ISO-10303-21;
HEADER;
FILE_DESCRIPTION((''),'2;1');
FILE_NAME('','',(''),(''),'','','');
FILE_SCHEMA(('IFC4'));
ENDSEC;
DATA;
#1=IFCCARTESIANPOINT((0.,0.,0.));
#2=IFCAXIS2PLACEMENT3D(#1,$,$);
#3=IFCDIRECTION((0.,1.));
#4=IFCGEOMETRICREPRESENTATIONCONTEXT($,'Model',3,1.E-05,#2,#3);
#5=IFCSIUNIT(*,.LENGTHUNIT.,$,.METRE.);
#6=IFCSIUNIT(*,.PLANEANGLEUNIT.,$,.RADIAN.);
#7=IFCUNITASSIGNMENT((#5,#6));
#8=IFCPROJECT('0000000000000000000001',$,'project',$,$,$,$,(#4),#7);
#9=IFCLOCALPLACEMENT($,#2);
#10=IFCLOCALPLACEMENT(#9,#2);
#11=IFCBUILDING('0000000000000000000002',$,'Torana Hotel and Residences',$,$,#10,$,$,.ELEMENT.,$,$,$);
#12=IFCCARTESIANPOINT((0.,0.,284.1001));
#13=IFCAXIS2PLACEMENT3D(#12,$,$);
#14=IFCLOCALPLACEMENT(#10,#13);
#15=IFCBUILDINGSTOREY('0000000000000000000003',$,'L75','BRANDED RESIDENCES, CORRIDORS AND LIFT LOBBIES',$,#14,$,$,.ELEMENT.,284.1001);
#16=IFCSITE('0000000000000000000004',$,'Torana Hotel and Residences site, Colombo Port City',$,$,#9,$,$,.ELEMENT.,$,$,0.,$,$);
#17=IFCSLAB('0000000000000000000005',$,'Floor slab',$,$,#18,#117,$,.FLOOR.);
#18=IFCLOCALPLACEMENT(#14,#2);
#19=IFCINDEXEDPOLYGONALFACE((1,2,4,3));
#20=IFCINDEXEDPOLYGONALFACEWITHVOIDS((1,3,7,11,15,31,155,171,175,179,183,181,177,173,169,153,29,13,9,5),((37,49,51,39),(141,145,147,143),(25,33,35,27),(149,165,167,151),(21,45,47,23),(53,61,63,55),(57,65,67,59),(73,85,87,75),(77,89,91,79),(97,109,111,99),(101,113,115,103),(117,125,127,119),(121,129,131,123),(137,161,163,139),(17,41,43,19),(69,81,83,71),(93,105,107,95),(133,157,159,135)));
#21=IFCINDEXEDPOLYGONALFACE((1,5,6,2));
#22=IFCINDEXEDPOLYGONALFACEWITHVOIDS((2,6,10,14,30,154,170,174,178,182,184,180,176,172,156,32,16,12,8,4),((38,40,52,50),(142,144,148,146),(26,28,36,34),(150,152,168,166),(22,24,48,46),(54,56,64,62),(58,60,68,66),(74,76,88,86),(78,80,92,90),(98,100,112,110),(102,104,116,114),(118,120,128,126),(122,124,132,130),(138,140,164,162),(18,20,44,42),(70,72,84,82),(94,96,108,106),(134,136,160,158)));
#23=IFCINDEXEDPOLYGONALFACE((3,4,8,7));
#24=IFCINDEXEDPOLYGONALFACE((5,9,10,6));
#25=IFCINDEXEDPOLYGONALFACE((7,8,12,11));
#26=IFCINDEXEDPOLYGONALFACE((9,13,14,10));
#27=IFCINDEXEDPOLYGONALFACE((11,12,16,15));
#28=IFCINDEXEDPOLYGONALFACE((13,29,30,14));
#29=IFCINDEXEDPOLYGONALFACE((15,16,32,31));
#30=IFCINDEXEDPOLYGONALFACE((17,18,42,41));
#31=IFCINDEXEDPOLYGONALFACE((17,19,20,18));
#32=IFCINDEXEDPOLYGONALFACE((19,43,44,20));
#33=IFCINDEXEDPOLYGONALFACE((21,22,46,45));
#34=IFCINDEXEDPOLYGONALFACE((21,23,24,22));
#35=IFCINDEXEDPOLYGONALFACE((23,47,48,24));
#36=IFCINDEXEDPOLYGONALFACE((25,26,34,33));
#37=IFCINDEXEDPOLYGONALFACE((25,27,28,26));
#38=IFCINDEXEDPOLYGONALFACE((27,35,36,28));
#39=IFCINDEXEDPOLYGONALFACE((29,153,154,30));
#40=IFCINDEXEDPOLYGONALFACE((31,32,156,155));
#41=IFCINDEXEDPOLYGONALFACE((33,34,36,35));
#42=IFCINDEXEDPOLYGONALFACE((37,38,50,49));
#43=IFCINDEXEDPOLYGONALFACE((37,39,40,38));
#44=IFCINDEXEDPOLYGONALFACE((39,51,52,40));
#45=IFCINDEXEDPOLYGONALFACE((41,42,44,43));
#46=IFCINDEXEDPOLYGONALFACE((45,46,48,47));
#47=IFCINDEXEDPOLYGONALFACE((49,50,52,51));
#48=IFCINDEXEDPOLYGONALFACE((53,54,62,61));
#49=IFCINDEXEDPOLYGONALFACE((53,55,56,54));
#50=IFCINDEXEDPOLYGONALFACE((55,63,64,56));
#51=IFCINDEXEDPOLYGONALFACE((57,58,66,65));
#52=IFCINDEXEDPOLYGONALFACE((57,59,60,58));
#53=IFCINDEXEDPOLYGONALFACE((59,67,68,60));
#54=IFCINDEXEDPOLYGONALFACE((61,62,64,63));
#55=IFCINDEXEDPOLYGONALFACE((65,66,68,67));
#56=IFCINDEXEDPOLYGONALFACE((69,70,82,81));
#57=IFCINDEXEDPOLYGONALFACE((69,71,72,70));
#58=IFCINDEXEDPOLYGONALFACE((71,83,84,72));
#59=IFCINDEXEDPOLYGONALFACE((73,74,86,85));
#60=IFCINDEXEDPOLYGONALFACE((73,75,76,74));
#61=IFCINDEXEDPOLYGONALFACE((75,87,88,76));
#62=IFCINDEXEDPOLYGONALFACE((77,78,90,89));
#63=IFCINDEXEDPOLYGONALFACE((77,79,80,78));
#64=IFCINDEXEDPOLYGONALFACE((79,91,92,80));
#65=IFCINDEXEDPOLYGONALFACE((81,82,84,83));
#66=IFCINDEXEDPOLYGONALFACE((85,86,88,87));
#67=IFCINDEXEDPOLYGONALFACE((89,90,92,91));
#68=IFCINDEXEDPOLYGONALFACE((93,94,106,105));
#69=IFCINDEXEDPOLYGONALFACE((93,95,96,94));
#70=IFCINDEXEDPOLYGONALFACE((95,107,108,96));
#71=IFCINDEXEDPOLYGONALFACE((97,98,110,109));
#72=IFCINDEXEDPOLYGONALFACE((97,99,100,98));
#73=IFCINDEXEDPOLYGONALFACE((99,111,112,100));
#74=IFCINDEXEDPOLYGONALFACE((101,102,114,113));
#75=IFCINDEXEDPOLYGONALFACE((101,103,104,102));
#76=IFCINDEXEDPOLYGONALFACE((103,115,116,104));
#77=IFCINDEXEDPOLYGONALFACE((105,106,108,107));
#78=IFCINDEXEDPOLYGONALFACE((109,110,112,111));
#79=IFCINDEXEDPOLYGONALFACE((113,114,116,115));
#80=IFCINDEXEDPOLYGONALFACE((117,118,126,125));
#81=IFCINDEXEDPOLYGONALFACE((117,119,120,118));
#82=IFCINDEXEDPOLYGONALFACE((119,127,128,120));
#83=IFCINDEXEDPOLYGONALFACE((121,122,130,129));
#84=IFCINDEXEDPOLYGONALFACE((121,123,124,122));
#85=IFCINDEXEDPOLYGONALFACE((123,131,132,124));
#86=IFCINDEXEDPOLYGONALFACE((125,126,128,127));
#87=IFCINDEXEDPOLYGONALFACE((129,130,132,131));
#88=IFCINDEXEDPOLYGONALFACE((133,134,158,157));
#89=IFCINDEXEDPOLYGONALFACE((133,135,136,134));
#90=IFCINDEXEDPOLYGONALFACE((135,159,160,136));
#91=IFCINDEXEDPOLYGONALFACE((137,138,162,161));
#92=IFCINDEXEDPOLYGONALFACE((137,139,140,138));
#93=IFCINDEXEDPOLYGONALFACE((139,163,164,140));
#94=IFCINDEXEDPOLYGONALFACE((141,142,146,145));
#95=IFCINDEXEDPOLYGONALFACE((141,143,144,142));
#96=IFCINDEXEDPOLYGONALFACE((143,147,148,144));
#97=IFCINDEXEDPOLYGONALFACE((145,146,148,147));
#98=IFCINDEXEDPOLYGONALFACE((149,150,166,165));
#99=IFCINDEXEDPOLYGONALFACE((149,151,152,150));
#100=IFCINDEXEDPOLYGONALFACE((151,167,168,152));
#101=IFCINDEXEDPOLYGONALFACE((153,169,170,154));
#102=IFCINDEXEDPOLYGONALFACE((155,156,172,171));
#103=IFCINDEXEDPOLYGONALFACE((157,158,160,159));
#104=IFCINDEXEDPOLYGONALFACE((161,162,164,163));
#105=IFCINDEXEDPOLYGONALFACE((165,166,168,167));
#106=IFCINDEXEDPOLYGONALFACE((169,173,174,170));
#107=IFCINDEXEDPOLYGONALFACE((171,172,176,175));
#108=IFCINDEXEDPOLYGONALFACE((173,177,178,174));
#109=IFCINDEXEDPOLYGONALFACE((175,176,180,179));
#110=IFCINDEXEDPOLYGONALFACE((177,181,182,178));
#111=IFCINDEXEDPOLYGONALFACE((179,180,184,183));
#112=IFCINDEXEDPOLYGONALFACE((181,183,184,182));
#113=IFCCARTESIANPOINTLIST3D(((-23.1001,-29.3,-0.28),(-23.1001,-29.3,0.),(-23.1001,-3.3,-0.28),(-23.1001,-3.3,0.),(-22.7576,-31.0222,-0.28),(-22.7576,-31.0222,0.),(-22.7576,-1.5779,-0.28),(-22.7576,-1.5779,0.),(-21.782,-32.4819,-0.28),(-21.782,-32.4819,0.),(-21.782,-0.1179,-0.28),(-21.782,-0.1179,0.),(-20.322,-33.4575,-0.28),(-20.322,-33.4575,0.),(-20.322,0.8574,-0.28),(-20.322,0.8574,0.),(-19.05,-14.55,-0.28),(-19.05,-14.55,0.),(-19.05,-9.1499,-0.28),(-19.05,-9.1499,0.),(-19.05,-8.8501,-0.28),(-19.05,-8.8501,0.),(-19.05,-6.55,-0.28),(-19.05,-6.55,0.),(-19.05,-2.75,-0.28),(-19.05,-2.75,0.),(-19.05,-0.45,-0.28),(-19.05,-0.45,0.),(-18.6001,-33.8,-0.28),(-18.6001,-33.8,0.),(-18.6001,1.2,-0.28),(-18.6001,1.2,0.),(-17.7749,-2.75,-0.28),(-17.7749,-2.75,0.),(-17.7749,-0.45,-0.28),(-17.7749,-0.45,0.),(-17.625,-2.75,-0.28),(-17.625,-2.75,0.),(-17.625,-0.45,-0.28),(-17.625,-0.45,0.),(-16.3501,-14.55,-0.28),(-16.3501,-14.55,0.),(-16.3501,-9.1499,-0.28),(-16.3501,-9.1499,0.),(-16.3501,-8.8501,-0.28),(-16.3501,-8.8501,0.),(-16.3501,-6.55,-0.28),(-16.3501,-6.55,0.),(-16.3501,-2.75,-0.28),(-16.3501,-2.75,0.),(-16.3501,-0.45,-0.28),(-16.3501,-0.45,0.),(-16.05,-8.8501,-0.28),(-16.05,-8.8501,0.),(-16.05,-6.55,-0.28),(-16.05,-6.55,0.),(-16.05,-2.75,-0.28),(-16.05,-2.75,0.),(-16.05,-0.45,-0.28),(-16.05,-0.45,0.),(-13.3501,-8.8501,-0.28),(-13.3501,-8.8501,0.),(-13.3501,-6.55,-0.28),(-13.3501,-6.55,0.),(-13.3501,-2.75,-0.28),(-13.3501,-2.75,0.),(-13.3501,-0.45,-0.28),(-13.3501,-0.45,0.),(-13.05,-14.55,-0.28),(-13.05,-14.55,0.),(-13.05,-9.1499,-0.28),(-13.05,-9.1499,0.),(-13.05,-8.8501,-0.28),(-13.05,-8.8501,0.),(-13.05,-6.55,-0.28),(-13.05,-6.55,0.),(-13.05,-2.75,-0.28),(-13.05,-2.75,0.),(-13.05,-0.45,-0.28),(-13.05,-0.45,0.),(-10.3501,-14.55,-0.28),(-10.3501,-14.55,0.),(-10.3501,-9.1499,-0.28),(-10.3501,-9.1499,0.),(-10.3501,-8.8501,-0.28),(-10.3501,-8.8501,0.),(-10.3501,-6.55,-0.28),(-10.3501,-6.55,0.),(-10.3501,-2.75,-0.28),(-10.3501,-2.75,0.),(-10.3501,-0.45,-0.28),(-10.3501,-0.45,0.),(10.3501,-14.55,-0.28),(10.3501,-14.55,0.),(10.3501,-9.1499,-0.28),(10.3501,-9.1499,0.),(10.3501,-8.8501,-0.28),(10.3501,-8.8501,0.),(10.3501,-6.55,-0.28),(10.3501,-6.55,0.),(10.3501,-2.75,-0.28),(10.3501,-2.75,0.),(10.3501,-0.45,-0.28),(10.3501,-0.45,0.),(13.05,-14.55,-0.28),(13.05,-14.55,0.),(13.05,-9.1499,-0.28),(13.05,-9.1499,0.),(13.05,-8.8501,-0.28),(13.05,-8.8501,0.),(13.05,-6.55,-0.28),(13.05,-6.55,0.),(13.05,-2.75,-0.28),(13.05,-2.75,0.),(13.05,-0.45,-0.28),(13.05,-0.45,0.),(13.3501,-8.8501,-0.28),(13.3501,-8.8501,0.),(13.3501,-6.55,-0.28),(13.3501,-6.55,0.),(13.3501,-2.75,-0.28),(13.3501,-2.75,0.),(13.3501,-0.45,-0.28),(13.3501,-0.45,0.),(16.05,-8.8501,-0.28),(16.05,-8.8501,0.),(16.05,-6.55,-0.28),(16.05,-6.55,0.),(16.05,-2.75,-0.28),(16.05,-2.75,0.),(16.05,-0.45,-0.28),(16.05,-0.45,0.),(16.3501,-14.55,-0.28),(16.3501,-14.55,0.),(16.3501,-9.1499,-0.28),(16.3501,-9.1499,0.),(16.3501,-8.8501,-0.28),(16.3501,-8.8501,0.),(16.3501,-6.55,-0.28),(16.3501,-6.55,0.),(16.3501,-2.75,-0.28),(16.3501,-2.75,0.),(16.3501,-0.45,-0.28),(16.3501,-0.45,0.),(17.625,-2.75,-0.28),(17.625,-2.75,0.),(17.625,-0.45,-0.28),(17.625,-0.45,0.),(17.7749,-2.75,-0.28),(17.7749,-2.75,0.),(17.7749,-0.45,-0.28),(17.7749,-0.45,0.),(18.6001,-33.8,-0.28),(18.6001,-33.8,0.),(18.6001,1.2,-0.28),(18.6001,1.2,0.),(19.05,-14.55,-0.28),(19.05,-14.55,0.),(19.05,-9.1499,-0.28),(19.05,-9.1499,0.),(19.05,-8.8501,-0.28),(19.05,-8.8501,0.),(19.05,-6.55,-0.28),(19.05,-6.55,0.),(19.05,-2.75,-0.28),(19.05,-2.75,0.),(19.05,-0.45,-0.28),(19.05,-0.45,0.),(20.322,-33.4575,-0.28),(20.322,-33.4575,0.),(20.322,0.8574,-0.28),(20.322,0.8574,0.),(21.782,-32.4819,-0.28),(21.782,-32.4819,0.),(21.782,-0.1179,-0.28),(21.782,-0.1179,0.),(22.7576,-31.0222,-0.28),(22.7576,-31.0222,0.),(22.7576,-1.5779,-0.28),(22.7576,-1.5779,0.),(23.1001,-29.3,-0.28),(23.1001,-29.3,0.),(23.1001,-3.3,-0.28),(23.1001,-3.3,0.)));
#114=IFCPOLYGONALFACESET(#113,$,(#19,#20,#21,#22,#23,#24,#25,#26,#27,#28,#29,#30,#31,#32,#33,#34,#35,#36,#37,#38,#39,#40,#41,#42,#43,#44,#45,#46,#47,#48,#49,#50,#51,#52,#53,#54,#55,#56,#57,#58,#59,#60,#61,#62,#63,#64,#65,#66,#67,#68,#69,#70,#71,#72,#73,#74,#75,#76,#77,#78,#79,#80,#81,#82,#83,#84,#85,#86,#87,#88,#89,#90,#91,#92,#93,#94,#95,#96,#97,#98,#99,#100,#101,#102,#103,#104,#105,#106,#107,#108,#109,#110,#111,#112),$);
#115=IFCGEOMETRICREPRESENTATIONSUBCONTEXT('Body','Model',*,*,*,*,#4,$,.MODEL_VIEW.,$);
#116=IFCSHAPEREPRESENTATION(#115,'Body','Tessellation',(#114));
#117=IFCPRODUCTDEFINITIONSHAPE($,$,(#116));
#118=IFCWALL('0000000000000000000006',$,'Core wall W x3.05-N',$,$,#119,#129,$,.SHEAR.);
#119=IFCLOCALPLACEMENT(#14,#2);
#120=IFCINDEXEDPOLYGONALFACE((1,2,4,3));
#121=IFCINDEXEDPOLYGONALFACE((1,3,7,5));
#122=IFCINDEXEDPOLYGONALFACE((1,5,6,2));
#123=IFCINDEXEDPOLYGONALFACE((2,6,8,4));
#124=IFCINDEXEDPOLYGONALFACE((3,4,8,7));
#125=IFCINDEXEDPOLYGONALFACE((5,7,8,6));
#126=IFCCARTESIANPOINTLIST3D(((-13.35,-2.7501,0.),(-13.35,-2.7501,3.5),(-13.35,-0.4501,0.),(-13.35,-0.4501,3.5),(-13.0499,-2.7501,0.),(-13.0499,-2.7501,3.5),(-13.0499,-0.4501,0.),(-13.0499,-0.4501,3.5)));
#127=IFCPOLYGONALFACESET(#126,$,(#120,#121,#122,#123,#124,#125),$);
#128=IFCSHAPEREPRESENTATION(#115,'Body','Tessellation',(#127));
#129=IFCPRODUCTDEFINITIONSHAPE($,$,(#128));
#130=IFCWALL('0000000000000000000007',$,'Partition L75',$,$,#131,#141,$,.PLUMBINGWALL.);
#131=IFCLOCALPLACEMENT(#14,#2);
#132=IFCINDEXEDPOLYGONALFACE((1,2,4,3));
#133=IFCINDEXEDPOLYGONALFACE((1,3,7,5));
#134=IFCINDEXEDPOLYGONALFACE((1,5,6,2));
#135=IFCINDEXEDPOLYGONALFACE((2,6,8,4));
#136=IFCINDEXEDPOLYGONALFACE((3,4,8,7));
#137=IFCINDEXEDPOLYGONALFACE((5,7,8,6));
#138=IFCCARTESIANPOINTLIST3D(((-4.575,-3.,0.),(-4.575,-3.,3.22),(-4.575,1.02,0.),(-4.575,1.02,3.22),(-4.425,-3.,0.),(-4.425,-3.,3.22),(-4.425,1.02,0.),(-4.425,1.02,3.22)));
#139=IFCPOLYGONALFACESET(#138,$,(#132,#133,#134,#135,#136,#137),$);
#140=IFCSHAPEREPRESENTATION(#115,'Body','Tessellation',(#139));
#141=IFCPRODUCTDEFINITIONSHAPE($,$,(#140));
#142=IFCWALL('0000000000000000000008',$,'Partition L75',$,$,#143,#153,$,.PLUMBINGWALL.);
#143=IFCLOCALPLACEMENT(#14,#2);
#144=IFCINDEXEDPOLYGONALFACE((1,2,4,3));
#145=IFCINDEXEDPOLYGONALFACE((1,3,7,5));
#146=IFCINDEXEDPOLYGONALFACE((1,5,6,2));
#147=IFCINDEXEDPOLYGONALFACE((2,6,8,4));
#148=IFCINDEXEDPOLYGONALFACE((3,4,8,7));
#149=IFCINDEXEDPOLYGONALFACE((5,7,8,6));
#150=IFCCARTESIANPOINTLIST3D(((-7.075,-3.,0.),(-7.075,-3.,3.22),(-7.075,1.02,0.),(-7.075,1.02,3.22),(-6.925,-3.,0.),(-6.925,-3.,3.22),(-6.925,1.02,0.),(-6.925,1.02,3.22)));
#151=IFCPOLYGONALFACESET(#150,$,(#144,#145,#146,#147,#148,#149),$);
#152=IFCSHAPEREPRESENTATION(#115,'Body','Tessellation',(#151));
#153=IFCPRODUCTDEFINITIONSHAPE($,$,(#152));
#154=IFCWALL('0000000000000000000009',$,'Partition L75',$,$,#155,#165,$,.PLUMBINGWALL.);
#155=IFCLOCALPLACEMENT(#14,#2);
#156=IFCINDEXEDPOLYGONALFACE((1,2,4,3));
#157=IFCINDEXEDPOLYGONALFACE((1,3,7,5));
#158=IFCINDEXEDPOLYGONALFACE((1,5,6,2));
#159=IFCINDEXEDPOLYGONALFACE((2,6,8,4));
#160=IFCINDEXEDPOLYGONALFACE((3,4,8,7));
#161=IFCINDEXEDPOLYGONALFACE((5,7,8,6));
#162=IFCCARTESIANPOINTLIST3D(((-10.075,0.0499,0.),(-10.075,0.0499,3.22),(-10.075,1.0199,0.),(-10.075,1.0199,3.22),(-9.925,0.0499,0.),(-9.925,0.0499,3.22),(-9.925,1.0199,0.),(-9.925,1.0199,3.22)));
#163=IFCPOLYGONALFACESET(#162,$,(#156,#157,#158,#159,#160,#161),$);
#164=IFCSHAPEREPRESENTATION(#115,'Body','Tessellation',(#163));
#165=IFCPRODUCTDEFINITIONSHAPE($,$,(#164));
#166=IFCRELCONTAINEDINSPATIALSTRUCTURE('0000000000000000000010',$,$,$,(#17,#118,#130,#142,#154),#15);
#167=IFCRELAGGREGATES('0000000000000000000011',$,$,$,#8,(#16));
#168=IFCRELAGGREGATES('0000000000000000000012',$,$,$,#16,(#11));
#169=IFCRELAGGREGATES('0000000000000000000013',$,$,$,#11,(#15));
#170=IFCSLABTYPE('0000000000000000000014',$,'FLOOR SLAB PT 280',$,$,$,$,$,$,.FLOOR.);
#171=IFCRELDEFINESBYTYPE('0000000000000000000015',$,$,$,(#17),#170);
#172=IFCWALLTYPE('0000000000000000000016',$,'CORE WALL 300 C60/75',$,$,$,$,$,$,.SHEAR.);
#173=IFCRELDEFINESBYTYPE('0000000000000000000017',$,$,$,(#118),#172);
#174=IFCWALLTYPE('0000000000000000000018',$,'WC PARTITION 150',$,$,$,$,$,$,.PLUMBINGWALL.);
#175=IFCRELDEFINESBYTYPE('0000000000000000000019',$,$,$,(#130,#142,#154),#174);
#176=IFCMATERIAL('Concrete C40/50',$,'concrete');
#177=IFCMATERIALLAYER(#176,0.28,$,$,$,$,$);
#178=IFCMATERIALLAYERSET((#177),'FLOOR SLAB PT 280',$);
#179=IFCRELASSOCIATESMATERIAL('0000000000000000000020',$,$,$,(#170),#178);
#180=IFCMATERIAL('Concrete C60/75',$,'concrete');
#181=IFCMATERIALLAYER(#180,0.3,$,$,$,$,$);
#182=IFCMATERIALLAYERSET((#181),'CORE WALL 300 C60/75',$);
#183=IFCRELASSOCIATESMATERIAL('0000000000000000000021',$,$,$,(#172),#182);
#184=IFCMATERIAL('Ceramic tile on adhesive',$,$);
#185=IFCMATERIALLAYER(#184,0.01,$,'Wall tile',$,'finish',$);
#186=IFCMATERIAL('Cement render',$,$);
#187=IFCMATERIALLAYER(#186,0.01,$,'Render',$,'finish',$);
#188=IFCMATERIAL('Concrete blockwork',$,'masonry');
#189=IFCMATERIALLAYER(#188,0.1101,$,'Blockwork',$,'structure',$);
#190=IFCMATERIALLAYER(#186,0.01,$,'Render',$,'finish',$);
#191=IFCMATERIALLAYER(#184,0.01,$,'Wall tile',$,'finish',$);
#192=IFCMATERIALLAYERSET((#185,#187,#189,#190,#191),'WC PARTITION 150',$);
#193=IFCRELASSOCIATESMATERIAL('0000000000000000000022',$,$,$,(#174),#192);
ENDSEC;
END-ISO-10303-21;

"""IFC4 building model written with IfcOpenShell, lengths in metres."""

from ifc_helpers import new_model, si_unit, direction, frame, frame_2d, origin, place, context, subcontext, project, spatial, polyline, rectangle, outline, extrude, material, layer, layer_set, type_object, element, save


model = new_model("IFC4")

# Units and contexts
model_context = context("Model", 3, precision=1e-05, world=origin(), true_north=direction((0.0, 1.0)))
body_context = subcontext(model_context, "Body", "Model", "MODEL_VIEW")
ifc_project = project(units=[si_unit("LENGTHUNIT", "METRE"), si_unit("PLANEANGLEUNIT", "RADIAN")], contexts=[model_context])

# Site, building, storey
site_placement = place(None, origin())
site = spatial("IfcSite", under=ifc_project, at=site_placement, Name="Torana Hotel and Residences site, Colombo Port City", CompositionType="ELEMENT", RefElevation=0.0)
building_placement = place(site_placement, origin())
building = spatial("IfcBuilding", under=site, at=building_placement, Name="Torana Hotel and Residences", CompositionType="ELEMENT")
storey_placement = place(building_placement, frame((0.0, 0.0, 284.1001)))
storey = spatial("IfcBuildingStorey", under=building, at=storey_placement, Name="L75", Description="BRANDED RESIDENCES, CORRIDORS AND LIFT LOBBIES", CompositionType="ELEMENT", Elevation=284.1001)

# Slab
ifc_material_1 = material(Name="Concrete C40/50", Category="concrete")
ifc_layer_1 = layer(ifc_material_1, 0.28)
ifc_layer_set_1 = layer_set([ifc_layer_1], Name="FLOOR SLAB PT 280")
slab_type_1 = type_object("IfcSlabType", Name="FLOOR SLAB PT 280", PredefinedType="FLOOR", material=ifc_layer_set_1)
slab_1_placement = place(storey_placement, frame((0.0, 0.0, -0.28)))
element("IfcSlab", 1, at=slab_1_placement, inside=storey, type_object=slab_type_1, Name="Floor slab", PredefinedType="FLOOR", context=body_context, shape_type="SweptSolid", body=[
    extrude(outline(polyline([(23.1001, -3.3), (22.7576, -1.5779), (21.782, -0.1179), (20.322, 0.8574), (18.6001, 1.2), (-18.6001, 1.2), (-20.322, 0.8574), (-21.782, -0.1179), (-22.7576, -1.5779), (-23.1001, -3.3), (-23.1001, -29.3), (-22.7576, -31.0222), (-21.782, -32.4819), (-20.322, -33.4575), (-18.6001, -33.8), (18.6001, -33.8), (20.322, -33.4575), (21.782, -32.4819), (22.7576, -31.0222), (23.1001, -29.3), (23.1001, -3.3)]), holes=[polyline([(-13.05, -14.55), (-10.3501, -14.55), (-10.3501, -9.1499), (-13.05, -9.1499), (-13.05, -14.55)]), polyline([(-19.05, -14.55), (-16.3501, -14.55), (-16.3501, -9.1499), (-19.05, -9.1499), (-19.05, -14.55)]), polyline([(-17.625, -2.75), (-16.3501, -2.75), (-16.3501, -0.45), (-17.625, -0.45), (-17.625, -2.75)]), polyline([(-19.05, -2.75), (-17.7749, -2.75), (-17.7749, -0.45), (-19.05, -0.45), (-19.05, -2.75)]), polyline([(-13.05, -2.75), (-10.3501, -2.75), (-10.3501, -0.45), (-13.05, -0.45), (-13.05, -2.75)]), polyline([(-16.05, -2.75), (-13.3501, -2.75), (-13.3501, -0.45), (-16.05, -0.45), (-16.05, -2.75)]), polyline([(-13.05, -8.8501), (-10.3501, -8.8501), (-10.3501, -6.55), (-13.05, -6.55), (-13.05, -8.8501)]), polyline([(-16.05, -8.8501), (-13.3501, -8.8501), (-13.3501, -6.55), (-16.05, -6.55), (-16.05, -8.8501)]), polyline([(-19.05, -8.8501), (-16.3501, -8.8501), (-16.3501, -6.55), (-19.05, -6.55), (-19.05, -8.8501)]), polyline([(10.3501, -14.55), (13.05, -14.55), (13.05, -9.1499), (10.3501, -9.1499), (10.3501, -14.55)]), polyline([(16.3501, -14.55), (19.05, -14.55), (19.05, -9.1499), (16.3501, -9.1499), (16.3501, -14.55)]), polyline([(16.3501, -2.75), (17.625, -2.75), (17.625, -0.45), (16.3501, -0.45), (16.3501, -2.75)]), polyline([(17.7749, -2.75), (19.05, -2.75), (19.05, -0.45), (17.7749, -0.45), (17.7749, -2.75)]), polyline([(10.3501, -2.75), (13.05, -2.75), (13.05, -0.45), (10.3501, -0.45), (10.3501, -2.75)]), polyline([(13.3501, -2.75), (16.05, -2.75), (16.05, -0.45), (13.3501, -0.45), (13.3501, -2.75)]), polyline([(10.3501, -8.8501), (13.05, -8.8501), (13.05, -6.55), (10.3501, -6.55), (10.3501, -8.8501)]), polyline([(13.3501, -8.8501), (16.05, -8.8501), (16.05, -6.55), (13.3501, -6.55), (13.3501, -8.8501)]), polyline([(16.3501, -8.8501), (19.05, -8.8501), (19.05, -6.55), (16.3501, -6.55), (16.3501, -8.8501)])]), origin(), (0.0, 0.0, 1.0), 0.28),
])

# Walls
ifc_material_2 = material(Name="Concrete C60/75", Category="concrete")
ifc_layer_2 = layer(ifc_material_2, 0.3)
ifc_layer_set_2 = layer_set([ifc_layer_2], Name="CORE WALL 300 C60/75")
wall_type_1 = type_object("IfcWallType", Name="CORE WALL 300 C60/75", PredefinedType="SHEAR", material=ifc_layer_set_2)
wall_1_placement = place(storey_placement, frame((-13.2, -2.75, 0.0), z_axis=(0.0, 0.0, 1.0), x_axis=(0.0, 1.0, 0.0)))
element("IfcWall", 2, at=wall_1_placement, inside=storey, type_object=wall_type_1, Name="Core wall W x3.05-N", PredefinedType="SHEAR", context=body_context, shape_type="SweptSolid", body=[
    extrude(rectangle(XDim=2.3, YDim=0.3, at=frame_2d((1.1499, 0.0))), origin(), (0.0, 0.0, 1.0), 3.5),
])
ifc_material_3 = material(Name="Ceramic tile on adhesive")
ifc_layer_3 = layer(ifc_material_3, 0.01, Name="Wall tile", Category="finish")
ifc_material_4 = material(Name="Cement render")
ifc_layer_4 = layer(ifc_material_4, 0.01, Name="Render", Category="finish")
ifc_material_5 = material(Name="Concrete blockwork", Category="masonry")
ifc_layer_5 = layer(ifc_material_5, 0.1101, Name="Blockwork", Category="structure")
ifc_layer_6 = layer(ifc_material_4, 0.01, Name="Render", Category="finish")
ifc_layer_7 = layer(ifc_material_3, 0.01, Name="Wall tile", Category="finish")
ifc_layer_set_3 = layer_set([ifc_layer_3, ifc_layer_4, ifc_layer_5, ifc_layer_6, ifc_layer_7], Name="WC PARTITION 150")
wall_type_2 = type_object("IfcWallType", Name="WC PARTITION 150", PredefinedType="PLUMBINGWALL", material=ifc_layer_set_3)
for number, where, z_axis, x_axis, name in (
    (3, (-4.5, -3.0, 0.0), (0.0, 0.0, 1.0), (0.0, 1.0, 0.0), "Partition L75"),
    (4, (-7.0, -3.0, 0.0), (0.0, 0.0, 1.0), (0.0, 1.0, 0.0), "Partition L75"),
):
    element("IfcWall", number, at=place(storey_placement, frame(where, z_axis=z_axis, x_axis=x_axis)), inside=storey, type_object=wall_type_2, Name=name, PredefinedType="PLUMBINGWALL", context=body_context, shape_type="SweptSolid", body=[
        extrude(rectangle(XDim=4.02, YDim=0.1499, at=frame_2d((2.01, 0.0))), origin(), (0.0, 0.0, 1.0), 3.22),
    ])
wall_2_placement = place(storey_placement, frame((-10.0, 0.05, 0.0), z_axis=(0.0, 0.0, 1.0), x_axis=(0.0, 1.0, 0.0)))
element("IfcWall", 5, at=wall_2_placement, inside=storey, type_object=wall_type_2, Name="Partition L75", PredefinedType="PLUMBINGWALL", context=body_context, shape_type="SweptSolid", body=[
    extrude(rectangle(XDim=0.97, YDim=0.1499, at=frame_2d((0.4849, 0.0))), origin(), (0.0, 0.0, 1.0), 3.22),
])

save(model, "model.ifc")
